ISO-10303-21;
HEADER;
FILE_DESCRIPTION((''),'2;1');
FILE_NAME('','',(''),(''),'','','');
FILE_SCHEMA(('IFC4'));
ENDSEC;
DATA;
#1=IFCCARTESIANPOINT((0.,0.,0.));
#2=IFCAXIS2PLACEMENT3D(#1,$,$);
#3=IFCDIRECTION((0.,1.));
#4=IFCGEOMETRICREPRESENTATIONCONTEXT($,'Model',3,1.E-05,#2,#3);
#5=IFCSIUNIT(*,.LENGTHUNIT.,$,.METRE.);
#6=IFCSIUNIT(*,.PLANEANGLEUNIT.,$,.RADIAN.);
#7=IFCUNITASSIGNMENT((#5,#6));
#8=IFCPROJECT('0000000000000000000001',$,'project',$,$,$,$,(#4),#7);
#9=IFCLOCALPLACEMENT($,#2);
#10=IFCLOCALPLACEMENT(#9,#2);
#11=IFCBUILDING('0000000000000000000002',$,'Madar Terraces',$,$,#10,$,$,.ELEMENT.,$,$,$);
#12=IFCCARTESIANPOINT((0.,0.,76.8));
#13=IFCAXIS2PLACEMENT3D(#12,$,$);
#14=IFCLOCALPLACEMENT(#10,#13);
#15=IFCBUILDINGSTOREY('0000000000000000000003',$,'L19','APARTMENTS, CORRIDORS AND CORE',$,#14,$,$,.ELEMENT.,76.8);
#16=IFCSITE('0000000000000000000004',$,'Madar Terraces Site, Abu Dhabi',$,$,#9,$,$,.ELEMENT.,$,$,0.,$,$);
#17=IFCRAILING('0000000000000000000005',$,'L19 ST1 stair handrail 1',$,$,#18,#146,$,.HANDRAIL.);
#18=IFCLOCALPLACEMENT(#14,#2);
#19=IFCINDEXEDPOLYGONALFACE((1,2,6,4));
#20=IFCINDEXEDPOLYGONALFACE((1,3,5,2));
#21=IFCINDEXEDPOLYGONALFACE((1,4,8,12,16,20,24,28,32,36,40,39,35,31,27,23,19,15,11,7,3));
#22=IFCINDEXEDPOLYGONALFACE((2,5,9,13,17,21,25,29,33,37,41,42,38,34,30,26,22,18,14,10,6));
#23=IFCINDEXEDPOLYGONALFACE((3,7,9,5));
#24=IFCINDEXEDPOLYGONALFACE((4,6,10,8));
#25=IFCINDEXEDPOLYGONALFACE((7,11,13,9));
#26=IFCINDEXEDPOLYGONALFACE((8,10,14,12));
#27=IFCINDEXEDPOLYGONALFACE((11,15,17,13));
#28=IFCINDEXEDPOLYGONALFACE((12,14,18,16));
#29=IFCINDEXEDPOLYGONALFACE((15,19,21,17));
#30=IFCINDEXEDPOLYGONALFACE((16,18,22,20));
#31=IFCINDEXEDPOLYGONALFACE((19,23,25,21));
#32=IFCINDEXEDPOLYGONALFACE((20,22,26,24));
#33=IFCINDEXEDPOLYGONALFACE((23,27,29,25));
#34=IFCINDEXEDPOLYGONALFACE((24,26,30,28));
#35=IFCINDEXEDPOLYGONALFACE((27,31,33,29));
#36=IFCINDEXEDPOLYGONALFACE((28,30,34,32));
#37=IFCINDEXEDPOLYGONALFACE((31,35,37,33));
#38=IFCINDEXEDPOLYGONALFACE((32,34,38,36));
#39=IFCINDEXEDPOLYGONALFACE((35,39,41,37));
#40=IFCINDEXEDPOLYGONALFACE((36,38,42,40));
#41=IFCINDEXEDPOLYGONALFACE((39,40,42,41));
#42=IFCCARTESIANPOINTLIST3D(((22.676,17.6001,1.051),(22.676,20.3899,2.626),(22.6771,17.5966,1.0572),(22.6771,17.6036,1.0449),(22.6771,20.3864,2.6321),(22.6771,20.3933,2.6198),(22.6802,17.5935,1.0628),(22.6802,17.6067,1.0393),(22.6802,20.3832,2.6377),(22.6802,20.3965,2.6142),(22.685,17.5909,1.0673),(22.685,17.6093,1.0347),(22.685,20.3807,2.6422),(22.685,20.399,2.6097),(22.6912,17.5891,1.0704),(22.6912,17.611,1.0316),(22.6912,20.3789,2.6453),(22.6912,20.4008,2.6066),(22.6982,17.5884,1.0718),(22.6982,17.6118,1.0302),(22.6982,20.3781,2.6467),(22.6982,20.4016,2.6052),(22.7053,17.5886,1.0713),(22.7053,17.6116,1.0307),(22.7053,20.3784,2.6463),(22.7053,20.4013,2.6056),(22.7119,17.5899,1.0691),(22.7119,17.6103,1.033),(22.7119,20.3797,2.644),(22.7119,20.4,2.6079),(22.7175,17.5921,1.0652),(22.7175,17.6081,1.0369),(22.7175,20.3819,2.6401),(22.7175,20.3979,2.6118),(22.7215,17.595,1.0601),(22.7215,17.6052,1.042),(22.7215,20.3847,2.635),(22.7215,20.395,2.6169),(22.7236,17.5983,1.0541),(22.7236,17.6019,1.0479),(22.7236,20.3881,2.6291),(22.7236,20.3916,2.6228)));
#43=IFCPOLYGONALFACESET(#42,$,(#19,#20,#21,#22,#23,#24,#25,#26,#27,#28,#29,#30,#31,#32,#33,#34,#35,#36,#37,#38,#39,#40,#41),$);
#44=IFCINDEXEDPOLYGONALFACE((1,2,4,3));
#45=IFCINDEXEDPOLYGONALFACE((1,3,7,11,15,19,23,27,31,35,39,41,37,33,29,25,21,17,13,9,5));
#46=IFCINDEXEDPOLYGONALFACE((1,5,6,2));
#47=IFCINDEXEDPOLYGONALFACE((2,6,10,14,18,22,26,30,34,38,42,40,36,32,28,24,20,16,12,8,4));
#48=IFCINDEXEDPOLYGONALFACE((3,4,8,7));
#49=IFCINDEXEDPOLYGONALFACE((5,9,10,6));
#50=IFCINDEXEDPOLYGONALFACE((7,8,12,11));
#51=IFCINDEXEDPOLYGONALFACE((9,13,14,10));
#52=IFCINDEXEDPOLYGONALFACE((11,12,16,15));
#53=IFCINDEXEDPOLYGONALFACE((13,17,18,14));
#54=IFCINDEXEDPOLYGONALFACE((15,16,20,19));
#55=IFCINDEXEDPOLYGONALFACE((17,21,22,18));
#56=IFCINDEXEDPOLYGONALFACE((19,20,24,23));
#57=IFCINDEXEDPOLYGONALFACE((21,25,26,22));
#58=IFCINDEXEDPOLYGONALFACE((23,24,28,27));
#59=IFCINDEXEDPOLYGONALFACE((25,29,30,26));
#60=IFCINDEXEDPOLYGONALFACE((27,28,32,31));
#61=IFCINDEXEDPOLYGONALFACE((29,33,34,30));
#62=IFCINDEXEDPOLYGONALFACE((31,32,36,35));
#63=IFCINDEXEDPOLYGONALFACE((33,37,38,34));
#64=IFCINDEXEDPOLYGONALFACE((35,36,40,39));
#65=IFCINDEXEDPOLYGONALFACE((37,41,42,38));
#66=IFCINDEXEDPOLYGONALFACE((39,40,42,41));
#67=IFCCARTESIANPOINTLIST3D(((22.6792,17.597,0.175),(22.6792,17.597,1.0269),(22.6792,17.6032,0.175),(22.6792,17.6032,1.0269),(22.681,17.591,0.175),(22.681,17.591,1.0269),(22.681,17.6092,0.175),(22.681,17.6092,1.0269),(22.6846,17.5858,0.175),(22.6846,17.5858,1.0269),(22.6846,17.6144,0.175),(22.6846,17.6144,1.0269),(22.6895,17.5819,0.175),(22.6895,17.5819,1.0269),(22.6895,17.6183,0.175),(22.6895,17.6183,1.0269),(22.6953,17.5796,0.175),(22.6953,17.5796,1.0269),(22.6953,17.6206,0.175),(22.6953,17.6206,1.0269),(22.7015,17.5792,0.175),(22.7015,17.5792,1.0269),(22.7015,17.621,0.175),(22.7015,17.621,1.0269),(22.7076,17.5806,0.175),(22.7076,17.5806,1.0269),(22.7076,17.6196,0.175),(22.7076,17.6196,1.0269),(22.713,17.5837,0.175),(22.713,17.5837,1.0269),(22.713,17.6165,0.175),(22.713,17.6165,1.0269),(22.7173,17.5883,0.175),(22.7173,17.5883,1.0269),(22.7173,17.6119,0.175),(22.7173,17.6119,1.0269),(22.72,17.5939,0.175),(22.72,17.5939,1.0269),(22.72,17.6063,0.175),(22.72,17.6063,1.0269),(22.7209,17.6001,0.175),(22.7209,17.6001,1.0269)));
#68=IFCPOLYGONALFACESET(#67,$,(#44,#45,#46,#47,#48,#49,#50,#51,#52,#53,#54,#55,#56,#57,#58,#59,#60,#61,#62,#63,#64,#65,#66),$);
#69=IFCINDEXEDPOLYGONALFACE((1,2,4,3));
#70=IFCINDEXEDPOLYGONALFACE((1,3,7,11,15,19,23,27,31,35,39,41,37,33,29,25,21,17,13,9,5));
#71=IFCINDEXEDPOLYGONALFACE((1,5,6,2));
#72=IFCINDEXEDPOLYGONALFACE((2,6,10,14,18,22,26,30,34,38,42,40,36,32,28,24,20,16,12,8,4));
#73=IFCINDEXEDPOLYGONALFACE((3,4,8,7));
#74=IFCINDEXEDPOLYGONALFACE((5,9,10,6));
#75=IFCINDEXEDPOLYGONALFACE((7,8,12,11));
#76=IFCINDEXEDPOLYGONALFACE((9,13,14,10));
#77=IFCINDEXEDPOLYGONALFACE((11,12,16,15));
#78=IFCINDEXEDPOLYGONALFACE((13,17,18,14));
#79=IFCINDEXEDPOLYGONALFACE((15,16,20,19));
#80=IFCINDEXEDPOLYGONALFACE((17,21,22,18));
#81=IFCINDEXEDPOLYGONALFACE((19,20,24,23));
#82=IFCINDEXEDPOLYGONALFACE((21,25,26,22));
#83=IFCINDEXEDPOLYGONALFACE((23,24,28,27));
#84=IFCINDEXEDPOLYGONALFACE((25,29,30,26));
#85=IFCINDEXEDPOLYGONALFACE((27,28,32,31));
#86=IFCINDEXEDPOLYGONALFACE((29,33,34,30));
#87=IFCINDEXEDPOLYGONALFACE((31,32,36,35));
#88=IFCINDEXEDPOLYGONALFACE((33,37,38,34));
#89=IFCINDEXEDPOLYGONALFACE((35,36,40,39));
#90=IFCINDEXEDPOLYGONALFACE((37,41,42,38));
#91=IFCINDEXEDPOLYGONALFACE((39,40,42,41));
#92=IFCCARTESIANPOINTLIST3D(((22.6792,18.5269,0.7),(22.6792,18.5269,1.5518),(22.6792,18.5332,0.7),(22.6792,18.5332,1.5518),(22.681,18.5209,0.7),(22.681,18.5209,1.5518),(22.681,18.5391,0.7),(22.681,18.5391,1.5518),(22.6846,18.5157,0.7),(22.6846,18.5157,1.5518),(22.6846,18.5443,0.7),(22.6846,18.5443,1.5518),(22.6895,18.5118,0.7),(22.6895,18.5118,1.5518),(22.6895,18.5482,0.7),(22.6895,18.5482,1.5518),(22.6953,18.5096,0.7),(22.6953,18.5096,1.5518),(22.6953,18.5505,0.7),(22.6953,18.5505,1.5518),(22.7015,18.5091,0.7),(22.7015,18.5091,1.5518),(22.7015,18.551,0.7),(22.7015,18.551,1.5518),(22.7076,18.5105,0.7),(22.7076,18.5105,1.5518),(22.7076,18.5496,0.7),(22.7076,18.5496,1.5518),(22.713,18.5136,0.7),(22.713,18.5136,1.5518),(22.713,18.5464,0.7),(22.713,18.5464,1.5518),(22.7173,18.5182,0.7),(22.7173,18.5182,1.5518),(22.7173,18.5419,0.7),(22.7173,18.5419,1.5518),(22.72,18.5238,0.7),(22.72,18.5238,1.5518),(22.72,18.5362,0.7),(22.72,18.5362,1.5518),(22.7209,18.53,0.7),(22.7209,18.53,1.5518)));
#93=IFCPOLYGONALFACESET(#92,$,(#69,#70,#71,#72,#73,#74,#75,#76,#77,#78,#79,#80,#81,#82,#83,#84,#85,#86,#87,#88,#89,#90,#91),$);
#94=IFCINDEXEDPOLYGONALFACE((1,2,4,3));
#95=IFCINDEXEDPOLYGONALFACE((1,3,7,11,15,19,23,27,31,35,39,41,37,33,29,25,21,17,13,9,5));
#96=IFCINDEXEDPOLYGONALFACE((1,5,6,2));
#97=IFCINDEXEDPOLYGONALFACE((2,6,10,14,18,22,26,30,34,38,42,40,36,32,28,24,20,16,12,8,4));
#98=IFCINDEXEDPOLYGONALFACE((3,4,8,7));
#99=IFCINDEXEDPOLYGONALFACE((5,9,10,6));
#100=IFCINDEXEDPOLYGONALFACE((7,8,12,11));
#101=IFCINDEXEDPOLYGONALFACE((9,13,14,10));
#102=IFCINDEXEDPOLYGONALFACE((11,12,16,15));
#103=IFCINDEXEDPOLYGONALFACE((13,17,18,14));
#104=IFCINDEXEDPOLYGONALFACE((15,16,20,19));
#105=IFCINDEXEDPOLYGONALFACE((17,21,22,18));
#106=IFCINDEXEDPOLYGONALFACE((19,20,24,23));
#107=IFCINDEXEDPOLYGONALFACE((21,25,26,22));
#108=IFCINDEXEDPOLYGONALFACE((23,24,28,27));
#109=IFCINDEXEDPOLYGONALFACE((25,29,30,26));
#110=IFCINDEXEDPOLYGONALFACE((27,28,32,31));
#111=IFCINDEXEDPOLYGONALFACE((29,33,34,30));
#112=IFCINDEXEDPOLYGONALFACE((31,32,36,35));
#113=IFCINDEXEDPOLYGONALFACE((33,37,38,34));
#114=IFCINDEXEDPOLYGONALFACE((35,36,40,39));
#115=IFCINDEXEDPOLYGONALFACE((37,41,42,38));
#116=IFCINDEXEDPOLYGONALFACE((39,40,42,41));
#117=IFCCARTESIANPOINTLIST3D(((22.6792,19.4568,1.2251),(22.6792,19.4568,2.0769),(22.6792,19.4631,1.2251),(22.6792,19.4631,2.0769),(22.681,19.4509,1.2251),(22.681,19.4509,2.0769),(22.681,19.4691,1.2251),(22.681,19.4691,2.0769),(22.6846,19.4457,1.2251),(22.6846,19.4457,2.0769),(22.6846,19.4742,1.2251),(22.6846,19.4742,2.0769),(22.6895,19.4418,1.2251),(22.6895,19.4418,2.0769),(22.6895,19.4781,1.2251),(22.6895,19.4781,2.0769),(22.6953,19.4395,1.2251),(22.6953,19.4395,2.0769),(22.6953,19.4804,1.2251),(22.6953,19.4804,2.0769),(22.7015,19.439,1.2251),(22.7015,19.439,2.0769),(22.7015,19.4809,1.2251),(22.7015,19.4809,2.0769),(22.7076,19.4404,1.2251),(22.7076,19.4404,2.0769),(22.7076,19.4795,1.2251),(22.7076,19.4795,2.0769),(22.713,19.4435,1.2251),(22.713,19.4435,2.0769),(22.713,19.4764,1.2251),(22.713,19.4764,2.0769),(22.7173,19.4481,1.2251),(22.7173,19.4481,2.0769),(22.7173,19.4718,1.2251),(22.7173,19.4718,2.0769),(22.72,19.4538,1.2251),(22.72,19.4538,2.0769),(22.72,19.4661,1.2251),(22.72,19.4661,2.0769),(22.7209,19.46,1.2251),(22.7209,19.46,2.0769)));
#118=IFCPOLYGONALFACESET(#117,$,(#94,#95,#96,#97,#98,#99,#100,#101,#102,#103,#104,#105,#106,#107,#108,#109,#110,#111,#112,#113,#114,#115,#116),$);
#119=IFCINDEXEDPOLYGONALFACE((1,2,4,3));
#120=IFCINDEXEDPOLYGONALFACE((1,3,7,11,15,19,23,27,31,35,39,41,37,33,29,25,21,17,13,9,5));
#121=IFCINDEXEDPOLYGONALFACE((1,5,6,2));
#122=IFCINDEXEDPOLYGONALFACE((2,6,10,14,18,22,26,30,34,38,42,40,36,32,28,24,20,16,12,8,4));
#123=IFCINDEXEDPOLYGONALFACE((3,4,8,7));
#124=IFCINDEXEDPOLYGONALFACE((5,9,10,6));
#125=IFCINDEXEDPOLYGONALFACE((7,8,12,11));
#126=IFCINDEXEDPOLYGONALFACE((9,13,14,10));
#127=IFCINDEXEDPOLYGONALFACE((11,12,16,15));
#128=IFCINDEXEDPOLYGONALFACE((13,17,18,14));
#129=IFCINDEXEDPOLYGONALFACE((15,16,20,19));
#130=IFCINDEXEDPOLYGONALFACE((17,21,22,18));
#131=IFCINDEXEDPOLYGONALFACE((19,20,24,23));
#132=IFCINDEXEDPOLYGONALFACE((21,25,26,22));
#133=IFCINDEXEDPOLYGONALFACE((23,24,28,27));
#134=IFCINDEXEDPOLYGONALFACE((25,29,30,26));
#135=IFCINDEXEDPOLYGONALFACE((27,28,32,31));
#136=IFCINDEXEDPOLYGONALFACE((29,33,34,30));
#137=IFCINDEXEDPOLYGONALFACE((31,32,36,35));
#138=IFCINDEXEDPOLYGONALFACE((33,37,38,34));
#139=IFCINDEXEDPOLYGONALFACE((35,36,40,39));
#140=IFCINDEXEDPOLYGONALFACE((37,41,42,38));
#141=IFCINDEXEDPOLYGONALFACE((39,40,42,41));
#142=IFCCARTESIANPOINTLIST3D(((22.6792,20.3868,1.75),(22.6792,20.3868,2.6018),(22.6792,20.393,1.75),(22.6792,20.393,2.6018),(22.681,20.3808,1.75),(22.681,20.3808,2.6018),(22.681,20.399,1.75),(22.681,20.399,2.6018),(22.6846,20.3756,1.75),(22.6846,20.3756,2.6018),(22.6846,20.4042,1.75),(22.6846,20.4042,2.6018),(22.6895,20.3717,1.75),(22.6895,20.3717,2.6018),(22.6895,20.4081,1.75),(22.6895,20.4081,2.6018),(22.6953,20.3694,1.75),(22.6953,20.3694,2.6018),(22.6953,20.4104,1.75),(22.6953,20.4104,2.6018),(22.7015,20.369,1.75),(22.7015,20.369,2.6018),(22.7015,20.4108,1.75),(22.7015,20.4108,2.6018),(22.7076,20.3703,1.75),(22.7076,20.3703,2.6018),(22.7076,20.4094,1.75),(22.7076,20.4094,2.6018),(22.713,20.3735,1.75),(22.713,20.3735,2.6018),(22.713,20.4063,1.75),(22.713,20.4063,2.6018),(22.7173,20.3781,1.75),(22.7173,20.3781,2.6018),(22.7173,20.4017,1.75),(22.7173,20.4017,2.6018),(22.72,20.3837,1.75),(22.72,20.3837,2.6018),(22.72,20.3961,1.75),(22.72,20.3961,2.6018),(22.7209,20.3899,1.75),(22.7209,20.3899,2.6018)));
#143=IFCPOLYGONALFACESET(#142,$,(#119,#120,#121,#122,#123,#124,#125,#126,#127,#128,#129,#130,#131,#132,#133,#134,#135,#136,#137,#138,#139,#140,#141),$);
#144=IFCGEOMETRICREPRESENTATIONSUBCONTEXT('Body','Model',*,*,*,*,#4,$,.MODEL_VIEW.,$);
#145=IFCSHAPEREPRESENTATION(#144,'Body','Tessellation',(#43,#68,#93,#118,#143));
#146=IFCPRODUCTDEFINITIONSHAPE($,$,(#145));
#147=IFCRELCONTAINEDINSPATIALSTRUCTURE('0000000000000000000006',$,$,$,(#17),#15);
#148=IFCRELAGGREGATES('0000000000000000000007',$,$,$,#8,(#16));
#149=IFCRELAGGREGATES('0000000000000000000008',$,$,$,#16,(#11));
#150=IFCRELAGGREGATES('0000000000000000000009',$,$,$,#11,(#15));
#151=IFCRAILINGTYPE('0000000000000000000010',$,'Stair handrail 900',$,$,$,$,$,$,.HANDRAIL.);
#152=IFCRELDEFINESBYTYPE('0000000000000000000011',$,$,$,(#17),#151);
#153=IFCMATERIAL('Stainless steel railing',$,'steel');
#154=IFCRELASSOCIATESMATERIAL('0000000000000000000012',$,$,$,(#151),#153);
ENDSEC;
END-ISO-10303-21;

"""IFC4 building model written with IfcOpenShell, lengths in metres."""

from ifc_helpers import new_model, si_unit, direction, frame, origin, origin_2d, place, context, subcontext, project, spatial, circle, extrude, material, type_object, element, save


model = new_model("IFC4")

# Units and contexts
model_context = context("Model", 3, precision=1e-05, world=origin(), true_north=direction((0.0, 1.0)))
body_context = subcontext(model_context, "Body", "Model", "MODEL_VIEW")
ifc_project = project(units=[si_unit("LENGTHUNIT", "METRE"), si_unit("PLANEANGLEUNIT", "RADIAN")], contexts=[model_context])

# Site, building, storey
site_placement = place(None, origin())
site = spatial("IfcSite", under=ifc_project, at=site_placement, Name="Madar Terraces Site, Abu Dhabi", CompositionType="ELEMENT", RefElevation=0.0)
building_placement = place(site_placement, origin())
building = spatial("IfcBuilding", under=site, at=building_placement, Name="Madar Terraces", CompositionType="ELEMENT")
storey_placement = place(building_placement, frame((0.0, 0.0, 76.8)))
storey = spatial("IfcBuildingStorey", under=building, at=storey_placement, Name="L19", Description="APARTMENTS, CORRIDORS AND CORE", CompositionType="ELEMENT", Elevation=76.8)

# Railing
ifc_material_1 = material(Name="Stainless steel railing", Category="steel")
railing_type = type_object("IfcRailingType", Name="Stair handrail 900", PredefinedType="HANDRAIL", material=ifc_material_1)
railing_placement = place(storey_placement, frame((22.7, 17.6001, 0.175)))
element("IfcRailing", 1, at=railing_placement, inside=storey, type_object=railing_type, Name="L19 ST1 stair handrail 1", PredefinedType="HANDRAIL", context=body_context, shape_type="SweptSolid", body=[
    extrude(circle(Radius=0.0239, at=origin_2d()), frame((0.0, 0.0, 0.876), z_axis=(0.0, 0.870815, 0.49161), x_axis=(-1.0, 0.0, 0.0)), (0.0, 0.0, 1.0), 3.2036),
    extrude(circle(Radius=0.021, at=origin_2d()), origin(), (0.0, 0.0, 1.0), 0.8518),
    extrude(circle(Radius=0.021, at=origin_2d()), frame((0.0, 0.9299, 0.5249)), (0.0, 0.0, 1.0), 0.8518),
    extrude(circle(Radius=0.021, at=origin_2d()), frame((0.0, 1.8599, 1.05)), (0.0, 0.0, 1.0), 0.8518),
    extrude(circle(Radius=0.021, at=origin_2d()), frame((0.0, 2.7898, 1.575)), (0.0, 0.0, 1.0), 0.8518),
])

save(model, "model.ifc")
